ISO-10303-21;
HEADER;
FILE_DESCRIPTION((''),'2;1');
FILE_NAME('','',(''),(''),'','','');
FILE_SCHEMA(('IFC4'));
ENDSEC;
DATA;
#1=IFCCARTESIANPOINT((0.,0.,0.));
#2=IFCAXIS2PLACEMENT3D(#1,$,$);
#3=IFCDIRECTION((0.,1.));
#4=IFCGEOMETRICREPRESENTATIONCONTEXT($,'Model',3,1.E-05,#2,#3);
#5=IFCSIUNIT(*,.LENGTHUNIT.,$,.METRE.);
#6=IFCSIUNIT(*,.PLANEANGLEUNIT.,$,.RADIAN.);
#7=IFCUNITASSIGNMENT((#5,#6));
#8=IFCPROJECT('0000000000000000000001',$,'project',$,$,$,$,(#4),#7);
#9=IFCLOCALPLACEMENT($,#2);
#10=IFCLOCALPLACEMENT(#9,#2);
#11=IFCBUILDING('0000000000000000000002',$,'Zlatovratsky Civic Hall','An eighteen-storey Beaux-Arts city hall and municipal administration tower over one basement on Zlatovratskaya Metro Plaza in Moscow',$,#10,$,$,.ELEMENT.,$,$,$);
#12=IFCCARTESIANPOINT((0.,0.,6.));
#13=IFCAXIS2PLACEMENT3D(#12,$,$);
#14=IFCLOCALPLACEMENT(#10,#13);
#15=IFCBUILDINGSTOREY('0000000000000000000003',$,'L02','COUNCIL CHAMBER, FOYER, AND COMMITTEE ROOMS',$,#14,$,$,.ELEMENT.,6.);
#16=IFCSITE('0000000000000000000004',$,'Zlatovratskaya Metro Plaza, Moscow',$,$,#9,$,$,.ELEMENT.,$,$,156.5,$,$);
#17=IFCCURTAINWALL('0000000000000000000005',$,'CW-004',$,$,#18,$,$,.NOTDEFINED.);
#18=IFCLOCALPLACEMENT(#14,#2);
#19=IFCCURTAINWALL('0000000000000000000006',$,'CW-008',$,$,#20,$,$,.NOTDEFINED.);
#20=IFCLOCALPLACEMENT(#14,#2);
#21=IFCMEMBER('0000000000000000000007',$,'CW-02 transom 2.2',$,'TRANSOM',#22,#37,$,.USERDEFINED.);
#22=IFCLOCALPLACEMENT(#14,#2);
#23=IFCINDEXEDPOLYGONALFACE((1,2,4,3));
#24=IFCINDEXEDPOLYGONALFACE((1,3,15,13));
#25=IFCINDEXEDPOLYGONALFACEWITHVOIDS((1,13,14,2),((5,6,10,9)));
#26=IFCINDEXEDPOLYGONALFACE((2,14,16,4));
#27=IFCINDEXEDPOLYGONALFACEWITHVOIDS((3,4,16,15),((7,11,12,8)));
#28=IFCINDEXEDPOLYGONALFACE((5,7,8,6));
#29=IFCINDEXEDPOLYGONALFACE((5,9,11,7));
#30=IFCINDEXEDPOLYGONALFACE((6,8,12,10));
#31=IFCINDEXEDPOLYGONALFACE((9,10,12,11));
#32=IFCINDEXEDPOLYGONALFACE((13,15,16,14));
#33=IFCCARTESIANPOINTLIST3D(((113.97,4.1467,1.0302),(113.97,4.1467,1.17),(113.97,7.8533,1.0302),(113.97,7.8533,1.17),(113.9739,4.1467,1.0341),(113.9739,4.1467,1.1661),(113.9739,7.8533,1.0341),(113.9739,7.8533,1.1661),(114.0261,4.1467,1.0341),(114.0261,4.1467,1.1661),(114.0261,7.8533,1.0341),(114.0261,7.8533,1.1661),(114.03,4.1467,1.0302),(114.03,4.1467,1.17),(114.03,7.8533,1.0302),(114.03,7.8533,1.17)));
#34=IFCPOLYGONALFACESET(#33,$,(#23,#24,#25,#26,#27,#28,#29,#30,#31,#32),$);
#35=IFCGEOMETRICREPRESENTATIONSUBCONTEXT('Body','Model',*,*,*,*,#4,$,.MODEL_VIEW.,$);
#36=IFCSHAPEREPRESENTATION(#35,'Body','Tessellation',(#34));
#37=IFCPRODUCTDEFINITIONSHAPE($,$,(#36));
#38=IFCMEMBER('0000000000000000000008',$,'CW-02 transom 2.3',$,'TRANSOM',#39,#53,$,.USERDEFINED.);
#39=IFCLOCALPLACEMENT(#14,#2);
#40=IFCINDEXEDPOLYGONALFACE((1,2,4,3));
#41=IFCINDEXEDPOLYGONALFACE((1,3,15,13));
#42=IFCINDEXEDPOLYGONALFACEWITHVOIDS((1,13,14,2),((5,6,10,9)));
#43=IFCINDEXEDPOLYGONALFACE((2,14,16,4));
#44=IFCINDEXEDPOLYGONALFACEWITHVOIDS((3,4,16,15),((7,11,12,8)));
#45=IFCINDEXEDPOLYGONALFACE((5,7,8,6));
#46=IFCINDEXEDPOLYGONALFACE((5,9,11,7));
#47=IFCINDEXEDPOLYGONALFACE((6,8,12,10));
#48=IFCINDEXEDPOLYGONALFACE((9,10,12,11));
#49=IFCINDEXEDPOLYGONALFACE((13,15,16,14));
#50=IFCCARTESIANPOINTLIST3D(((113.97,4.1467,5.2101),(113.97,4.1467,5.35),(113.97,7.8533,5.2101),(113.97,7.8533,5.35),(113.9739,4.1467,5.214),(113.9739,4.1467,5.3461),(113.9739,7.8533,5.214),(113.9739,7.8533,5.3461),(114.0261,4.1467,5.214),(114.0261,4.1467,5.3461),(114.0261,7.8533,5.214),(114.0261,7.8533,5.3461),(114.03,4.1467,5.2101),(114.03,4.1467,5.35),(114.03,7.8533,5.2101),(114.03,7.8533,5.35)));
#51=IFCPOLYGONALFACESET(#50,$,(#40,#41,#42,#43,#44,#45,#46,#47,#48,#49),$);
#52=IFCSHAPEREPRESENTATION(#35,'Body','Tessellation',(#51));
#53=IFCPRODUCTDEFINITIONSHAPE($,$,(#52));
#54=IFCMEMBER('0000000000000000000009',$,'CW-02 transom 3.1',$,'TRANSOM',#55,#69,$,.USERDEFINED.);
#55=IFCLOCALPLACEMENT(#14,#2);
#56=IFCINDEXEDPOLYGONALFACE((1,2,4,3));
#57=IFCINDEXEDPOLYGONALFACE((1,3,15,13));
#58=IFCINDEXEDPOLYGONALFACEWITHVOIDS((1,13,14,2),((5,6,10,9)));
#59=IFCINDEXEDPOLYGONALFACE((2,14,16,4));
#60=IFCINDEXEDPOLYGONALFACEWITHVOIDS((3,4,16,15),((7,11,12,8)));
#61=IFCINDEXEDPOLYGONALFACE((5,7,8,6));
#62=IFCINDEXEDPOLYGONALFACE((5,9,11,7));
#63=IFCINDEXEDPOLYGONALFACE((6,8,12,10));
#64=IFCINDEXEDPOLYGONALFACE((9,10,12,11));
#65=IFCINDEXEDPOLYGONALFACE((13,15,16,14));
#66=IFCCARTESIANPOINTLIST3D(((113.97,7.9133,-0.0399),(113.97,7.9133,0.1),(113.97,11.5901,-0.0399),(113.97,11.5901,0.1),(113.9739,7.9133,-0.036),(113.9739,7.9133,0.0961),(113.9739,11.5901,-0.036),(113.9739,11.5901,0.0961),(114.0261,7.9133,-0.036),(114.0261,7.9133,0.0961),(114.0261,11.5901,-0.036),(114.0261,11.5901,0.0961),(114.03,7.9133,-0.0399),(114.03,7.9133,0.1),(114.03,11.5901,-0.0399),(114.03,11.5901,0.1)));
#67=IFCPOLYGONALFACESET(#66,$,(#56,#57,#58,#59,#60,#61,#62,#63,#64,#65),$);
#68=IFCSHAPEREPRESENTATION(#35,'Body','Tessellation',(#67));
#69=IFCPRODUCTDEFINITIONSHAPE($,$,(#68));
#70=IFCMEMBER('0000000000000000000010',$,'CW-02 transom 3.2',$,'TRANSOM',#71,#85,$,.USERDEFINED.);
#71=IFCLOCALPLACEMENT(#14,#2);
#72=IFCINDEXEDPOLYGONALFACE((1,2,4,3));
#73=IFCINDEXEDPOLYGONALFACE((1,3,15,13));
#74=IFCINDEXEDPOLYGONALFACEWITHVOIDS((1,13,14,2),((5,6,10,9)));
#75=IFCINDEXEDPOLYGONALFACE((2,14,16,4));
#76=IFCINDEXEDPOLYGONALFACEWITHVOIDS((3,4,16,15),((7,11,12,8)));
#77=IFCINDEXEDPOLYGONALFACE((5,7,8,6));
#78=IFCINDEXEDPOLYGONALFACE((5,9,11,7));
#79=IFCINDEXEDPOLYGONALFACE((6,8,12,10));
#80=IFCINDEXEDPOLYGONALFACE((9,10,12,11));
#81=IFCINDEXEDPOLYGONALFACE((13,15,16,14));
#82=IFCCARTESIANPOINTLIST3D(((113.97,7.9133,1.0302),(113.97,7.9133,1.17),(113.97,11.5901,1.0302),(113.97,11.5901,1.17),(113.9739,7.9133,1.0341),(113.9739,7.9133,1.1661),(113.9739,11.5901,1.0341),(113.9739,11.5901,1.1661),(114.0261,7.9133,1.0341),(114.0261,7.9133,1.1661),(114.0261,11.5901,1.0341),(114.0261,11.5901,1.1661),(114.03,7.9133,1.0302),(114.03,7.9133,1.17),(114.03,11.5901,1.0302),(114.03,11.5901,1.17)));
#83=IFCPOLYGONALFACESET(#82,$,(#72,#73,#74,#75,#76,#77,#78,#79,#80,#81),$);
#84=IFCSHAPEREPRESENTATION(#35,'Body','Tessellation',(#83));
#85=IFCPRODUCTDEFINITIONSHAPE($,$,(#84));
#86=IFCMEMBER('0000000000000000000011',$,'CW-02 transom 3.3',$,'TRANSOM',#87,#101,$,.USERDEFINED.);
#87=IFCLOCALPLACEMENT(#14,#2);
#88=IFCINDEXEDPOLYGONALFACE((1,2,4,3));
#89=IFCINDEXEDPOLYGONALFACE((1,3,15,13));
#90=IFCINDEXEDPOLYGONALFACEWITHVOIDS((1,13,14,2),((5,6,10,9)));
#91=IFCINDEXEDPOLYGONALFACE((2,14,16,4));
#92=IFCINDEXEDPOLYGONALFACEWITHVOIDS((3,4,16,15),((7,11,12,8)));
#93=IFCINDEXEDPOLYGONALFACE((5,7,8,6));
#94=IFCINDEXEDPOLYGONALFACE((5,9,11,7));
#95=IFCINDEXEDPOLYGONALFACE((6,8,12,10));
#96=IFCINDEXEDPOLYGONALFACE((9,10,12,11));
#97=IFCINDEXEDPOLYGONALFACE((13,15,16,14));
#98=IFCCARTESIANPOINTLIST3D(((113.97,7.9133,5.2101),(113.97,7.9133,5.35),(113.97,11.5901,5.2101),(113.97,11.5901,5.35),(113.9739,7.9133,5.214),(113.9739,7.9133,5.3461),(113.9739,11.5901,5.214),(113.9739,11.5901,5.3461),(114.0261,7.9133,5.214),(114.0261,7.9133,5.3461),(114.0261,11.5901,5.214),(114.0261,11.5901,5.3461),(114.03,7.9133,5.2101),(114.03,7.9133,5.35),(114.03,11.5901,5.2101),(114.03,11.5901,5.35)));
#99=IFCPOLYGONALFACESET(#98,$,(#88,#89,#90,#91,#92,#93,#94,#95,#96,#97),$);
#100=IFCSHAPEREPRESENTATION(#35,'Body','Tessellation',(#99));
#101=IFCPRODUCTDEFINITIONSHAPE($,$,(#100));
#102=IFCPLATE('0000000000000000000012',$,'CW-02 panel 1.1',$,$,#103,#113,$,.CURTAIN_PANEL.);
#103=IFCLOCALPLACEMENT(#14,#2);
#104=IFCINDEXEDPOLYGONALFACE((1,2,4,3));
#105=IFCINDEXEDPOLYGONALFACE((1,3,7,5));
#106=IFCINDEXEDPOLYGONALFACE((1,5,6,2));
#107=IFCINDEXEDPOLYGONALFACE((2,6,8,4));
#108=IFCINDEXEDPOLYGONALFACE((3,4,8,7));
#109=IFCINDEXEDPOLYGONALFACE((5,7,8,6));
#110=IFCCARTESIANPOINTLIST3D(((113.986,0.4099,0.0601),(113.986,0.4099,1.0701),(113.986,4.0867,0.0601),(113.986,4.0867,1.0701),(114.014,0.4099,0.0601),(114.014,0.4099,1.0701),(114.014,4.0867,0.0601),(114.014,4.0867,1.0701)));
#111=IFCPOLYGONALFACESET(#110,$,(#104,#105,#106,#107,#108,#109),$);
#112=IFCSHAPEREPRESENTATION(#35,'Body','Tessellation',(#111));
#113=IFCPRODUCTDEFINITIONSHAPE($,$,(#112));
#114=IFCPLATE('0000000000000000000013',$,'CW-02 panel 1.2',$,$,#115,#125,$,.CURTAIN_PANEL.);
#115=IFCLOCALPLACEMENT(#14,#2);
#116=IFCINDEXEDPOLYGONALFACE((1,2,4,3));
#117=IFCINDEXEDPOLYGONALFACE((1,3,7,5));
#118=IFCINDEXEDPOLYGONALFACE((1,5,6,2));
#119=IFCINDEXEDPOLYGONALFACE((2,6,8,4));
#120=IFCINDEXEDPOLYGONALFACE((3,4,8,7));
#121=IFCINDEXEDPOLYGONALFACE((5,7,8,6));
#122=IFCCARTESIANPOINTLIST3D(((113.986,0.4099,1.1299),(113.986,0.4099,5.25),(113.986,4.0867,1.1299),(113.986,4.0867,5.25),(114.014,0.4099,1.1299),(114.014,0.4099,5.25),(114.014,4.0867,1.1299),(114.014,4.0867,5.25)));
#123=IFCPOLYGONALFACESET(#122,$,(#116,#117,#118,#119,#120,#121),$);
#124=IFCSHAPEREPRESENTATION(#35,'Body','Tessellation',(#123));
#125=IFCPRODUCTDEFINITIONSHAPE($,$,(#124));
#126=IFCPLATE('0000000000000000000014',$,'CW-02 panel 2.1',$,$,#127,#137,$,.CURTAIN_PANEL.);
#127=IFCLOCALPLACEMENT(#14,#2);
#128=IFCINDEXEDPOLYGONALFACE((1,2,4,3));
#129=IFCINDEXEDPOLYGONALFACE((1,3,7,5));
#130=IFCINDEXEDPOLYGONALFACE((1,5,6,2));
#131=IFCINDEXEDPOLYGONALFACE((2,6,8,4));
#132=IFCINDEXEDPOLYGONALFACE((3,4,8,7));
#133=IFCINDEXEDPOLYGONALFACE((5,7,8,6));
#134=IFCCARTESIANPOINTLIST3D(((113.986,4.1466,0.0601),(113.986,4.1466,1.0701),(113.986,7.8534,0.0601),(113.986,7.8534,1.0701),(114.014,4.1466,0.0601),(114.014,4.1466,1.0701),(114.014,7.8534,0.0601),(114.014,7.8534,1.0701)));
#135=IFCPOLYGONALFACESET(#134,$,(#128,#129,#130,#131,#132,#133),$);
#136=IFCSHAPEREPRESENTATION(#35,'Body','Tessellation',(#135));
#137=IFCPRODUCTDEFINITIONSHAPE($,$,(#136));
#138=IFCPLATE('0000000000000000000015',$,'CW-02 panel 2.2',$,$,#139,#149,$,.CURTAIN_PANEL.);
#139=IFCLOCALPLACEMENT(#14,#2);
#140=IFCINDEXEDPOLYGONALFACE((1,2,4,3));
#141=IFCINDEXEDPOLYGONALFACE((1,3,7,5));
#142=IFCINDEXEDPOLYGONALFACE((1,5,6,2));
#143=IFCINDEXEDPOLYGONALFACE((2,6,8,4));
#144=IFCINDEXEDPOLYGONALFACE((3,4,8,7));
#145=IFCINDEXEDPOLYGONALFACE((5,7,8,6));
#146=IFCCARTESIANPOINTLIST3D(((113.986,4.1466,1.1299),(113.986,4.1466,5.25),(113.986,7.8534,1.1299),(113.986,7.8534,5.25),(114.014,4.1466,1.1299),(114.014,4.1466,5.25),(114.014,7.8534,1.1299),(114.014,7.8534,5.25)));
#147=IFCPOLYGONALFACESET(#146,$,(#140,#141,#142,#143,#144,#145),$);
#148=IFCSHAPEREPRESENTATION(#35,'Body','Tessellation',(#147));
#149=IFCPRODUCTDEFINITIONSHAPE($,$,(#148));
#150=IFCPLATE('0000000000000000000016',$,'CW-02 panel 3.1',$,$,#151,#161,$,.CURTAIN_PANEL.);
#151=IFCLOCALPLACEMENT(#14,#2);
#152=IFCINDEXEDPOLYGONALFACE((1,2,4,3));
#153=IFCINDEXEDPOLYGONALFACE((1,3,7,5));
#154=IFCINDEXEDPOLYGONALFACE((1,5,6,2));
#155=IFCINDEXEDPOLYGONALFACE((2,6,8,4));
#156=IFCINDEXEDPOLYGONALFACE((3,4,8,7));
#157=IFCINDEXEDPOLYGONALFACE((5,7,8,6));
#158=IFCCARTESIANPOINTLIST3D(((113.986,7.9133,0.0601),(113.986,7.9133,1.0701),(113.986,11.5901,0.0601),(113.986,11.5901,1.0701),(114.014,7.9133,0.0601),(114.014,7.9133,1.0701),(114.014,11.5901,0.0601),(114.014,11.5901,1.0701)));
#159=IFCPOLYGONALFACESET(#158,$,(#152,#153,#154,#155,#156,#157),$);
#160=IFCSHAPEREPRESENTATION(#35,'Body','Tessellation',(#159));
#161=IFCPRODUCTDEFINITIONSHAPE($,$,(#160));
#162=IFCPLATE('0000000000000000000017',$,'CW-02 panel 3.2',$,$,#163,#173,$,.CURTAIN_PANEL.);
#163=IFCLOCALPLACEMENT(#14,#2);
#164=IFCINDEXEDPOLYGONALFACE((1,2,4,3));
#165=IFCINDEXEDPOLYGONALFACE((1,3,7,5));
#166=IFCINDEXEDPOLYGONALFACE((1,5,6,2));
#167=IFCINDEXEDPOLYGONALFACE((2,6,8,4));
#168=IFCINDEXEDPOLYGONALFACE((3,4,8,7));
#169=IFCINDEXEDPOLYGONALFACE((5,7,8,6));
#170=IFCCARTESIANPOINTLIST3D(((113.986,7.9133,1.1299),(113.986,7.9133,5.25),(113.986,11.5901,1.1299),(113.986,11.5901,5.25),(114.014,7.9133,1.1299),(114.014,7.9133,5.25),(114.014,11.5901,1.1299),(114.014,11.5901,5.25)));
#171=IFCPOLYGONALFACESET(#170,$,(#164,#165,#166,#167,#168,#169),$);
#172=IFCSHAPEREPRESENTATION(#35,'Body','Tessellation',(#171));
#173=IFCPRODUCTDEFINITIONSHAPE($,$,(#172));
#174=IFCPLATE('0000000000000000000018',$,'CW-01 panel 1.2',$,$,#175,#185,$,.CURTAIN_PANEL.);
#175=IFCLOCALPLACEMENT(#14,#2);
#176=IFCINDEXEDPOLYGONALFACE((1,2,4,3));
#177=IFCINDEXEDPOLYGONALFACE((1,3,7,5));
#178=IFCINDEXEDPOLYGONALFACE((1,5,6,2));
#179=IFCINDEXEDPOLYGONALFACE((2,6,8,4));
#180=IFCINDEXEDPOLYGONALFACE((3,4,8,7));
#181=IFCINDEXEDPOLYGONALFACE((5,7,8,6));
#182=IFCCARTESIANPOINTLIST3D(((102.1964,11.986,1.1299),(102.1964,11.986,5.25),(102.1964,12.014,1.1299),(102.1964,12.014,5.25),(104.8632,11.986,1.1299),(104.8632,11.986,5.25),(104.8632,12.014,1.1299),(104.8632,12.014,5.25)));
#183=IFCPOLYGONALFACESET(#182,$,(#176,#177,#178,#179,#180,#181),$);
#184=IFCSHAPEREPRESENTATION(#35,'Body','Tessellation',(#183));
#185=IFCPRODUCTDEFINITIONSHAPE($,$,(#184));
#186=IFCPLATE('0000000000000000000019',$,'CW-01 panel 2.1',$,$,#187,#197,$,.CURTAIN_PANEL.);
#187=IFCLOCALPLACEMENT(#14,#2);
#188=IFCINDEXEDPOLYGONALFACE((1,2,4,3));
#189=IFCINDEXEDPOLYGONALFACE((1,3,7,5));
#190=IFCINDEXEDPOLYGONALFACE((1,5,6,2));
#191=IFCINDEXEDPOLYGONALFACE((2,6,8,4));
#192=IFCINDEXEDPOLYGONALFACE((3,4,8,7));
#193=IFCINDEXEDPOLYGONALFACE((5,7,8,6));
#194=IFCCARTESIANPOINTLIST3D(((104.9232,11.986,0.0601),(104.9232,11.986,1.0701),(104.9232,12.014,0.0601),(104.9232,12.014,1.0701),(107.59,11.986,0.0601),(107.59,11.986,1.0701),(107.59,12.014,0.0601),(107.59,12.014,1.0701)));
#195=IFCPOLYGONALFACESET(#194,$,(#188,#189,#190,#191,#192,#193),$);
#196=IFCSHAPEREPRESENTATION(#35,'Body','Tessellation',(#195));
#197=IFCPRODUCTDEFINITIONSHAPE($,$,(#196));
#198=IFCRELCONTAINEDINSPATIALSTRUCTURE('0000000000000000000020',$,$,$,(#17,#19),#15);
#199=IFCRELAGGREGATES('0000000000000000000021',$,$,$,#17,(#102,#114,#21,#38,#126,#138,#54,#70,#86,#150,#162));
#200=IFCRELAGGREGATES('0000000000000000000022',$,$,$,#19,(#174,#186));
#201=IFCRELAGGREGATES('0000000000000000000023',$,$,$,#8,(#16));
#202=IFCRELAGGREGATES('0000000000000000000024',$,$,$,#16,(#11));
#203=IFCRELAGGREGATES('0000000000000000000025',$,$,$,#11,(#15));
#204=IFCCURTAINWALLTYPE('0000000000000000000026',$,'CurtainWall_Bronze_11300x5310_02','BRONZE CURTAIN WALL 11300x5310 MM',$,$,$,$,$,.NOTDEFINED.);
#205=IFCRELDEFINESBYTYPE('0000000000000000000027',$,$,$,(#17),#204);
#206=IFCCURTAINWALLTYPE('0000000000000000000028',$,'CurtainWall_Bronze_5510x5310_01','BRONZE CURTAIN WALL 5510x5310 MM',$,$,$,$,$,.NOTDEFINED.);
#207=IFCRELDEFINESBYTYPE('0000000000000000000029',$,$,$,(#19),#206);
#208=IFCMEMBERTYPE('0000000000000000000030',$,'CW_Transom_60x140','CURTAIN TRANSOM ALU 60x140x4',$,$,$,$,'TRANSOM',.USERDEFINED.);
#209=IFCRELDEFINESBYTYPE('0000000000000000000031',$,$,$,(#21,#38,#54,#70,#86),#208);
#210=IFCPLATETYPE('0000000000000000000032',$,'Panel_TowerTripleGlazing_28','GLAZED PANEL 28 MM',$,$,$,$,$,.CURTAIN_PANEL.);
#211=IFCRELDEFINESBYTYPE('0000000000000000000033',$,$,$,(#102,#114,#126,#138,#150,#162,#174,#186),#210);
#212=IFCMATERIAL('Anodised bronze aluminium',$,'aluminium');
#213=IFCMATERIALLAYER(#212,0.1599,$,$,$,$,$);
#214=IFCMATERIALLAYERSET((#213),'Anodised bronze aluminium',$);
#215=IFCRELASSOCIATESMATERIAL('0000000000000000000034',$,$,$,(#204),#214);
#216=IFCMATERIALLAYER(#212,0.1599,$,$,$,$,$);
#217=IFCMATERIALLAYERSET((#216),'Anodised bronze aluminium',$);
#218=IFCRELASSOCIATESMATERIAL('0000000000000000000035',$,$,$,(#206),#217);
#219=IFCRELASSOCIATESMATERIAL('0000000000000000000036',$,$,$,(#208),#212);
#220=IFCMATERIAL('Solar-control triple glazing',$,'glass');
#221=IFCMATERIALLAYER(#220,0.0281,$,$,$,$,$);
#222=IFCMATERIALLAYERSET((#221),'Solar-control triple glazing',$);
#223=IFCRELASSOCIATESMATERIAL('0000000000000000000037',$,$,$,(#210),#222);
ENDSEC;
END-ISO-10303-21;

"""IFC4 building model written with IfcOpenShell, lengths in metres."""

from ifc_helpers import new_model, si_unit, direction, frame, origin, origin_2d, place, context, subcontext, project, spatial, rectangle, hollow_rectangle, extrude, material, layer, layer_set, material_profile, profile_set, type_object, element, aggregate, save


model = new_model("IFC4")

# Units and contexts
model_context = context("Model", 3, precision=1e-05, world=origin(), true_north=direction((0.0, 1.0)))
body_context = subcontext(model_context, "Body", "Model", "MODEL_VIEW")
ifc_project = project(units=[si_unit("LENGTHUNIT", "METRE"), si_unit("PLANEANGLEUNIT", "RADIAN")], contexts=[model_context])

# Site, building, storey
site_placement = place(None, origin())
site = spatial("IfcSite", under=ifc_project, at=site_placement, Name="Zlatovratskaya Metro Plaza, Moscow", CompositionType="ELEMENT", RefElevation=156.5)
building_placement = place(site_placement, origin())
building = spatial("IfcBuilding", under=site, at=building_placement, Name="Zlatovratsky Civic Hall", Description="An eighteen-storey Beaux-Arts city hall and municipal administration tower over one basement on Zlatovratskaya Metro Plaza in Moscow", CompositionType="ELEMENT")
storey_placement = place(building_placement, frame((0.0, 0.0, 6.0)))
storey = spatial("IfcBuildingStorey", under=building, at=storey_placement, Name="L02", Description="COUNCIL CHAMBER, FOYER, AND COMMITTEE ROOMS", CompositionType="ELEMENT", Elevation=6.0)

# Curtain walls
ifc_material_1 = material(Name="Anodised bronze aluminium", Category="aluminium")
ifc_layer_1 = layer(ifc_material_1, 0.1599)
ifc_layer_set_1 = layer_set([ifc_layer_1], Name="Anodised bronze aluminium")
curtain_wall_type_1 = type_object("IfcCurtainWallType", Name="CurtainWall_Bronze_11300x5310_02", Description="BRONZE CURTAIN WALL 11300x5310 MM", PredefinedType="NOTDEFINED", material=ifc_layer_set_1)
curtain_wall_1_placement = place(storey_placement, origin())
curtain_wall_1 = element("IfcCurtainWall", 1, at=curtain_wall_1_placement, inside=storey, type_object=curtain_wall_type_1, Name="CW-004", PredefinedType="NOTDEFINED")
ifc_layer_2 = layer(ifc_material_1, 0.1599)
ifc_layer_set_2 = layer_set([ifc_layer_2], Name="Anodised bronze aluminium")
curtain_wall_type_2 = type_object("IfcCurtainWallType", Name="CurtainWall_Bronze_5510x5310_01", Description="BRONZE CURTAIN WALL 5510x5310 MM", PredefinedType="NOTDEFINED", material=ifc_layer_set_2)
curtain_wall_2_placement = place(storey_placement, origin())
curtain_wall_2 = element("IfcCurtainWall", 2, at=curtain_wall_2_placement, inside=storey, type_object=curtain_wall_type_2, Name="CW-008", PredefinedType="NOTDEFINED")

# Members
ifc_material_profile_1 = material_profile(ifc_material_1, hollow_rectangle(XDim=0.0601, YDim=0.1399, WallThickness=0.0039, at=origin_2d()), Name="ALU 60x140x4")
ifc_profile_set_1 = profile_set([ifc_material_profile_1], Name="Anodised bronze aluminium")
member_type_1 = type_object("IfcMemberType", Name="CW_Transom_60x140", Description="CURTAIN TRANSOM ALU 60x140x4", ElementType="TRANSOM", PredefinedType="USERDEFINED", material=ifc_profile_set_1)
member_1_placement = place(storey_placement, frame((114.0, 4.1467, 1.1001), z_axis=(0.0, 1.0, 0.0), x_axis=(-1.0, 0.0, 0.0)))
member_1 = element("IfcMember", 3, at=member_1_placement, type_object=member_type_1, Name="CW-02 transom 2.2", ObjectType="TRANSOM", PredefinedType="USERDEFINED", context=body_context, shape_type="SweptSolid", body=[
    extrude(hollow_rectangle(XDim=0.0601, YDim=0.1399, WallThickness=0.0039, at=origin_2d()), origin(), (0.0, 0.0, 1.0), 3.7065),
])
member_2_placement = place(storey_placement, frame((114.0, 4.1467, 5.28), z_axis=(0.0, 1.0, 0.0), x_axis=(-1.0, 0.0, 0.0)))
member_2 = element("IfcMember", 4, at=member_2_placement, type_object=member_type_1, Name="CW-02 transom 2.3", ObjectType="TRANSOM", PredefinedType="USERDEFINED", context=body_context, shape_type="SweptSolid", body=[
    extrude(hollow_rectangle(XDim=0.0601, YDim=0.1399, WallThickness=0.0039, at=origin_2d()), origin(), (0.0, 0.0, 1.0), 3.7065),
])
member_3_placement = place(storey_placement, frame((114.0, 7.9133, 0.03), z_axis=(0.0, 1.0, 0.0), x_axis=(-1.0, 0.0, 0.0)))
member_3 = element("IfcMember", 5, at=member_3_placement, type_object=member_type_1, Name="CW-02 transom 3.1", ObjectType="TRANSOM", PredefinedType="USERDEFINED", context=body_context, shape_type="SweptSolid", body=[
    extrude(hollow_rectangle(XDim=0.0601, YDim=0.1399, WallThickness=0.0039, at=origin_2d()), origin(), (0.0, 0.0, 1.0), 3.6768),
])
member_4_placement = place(storey_placement, frame((114.0, 7.9133, 1.1001), z_axis=(0.0, 1.0, 0.0), x_axis=(-1.0, 0.0, 0.0)))
member_4 = element("IfcMember", 6, at=member_4_placement, type_object=member_type_1, Name="CW-02 transom 3.2", ObjectType="TRANSOM", PredefinedType="USERDEFINED", context=body_context, shape_type="SweptSolid", body=[
    extrude(hollow_rectangle(XDim=0.0601, YDim=0.1399, WallThickness=0.0039, at=origin_2d()), origin(), (0.0, 0.0, 1.0), 3.6768),
])
member_5_placement = place(storey_placement, frame((114.0, 7.9133, 5.28), z_axis=(0.0, 1.0, 0.0), x_axis=(-1.0, 0.0, 0.0)))
member_5 = element("IfcMember", 7, at=member_5_placement, type_object=member_type_1, Name="CW-02 transom 3.3", ObjectType="TRANSOM", PredefinedType="USERDEFINED", context=body_context, shape_type="SweptSolid", body=[
    extrude(hollow_rectangle(XDim=0.0601, YDim=0.1399, WallThickness=0.0039, at=origin_2d()), origin(), (0.0, 0.0, 1.0), 3.6768),
])

# Plates
ifc_material_2 = material(Name="Solar-control triple glazing", Category="glass")
ifc_layer_3 = layer(ifc_material_2, 0.0281)
ifc_layer_set_3 = layer_set([ifc_layer_3], Name="Solar-control triple glazing")
plate_type = type_object("IfcPlateType", Name="Panel_TowerTripleGlazing_28", Description="GLAZED PANEL 28 MM", PredefinedType="CURTAIN_PANEL", material=ifc_layer_set_3)
plate_1_placement = place(storey_placement, frame((114.0, 2.2483, 0.0601), z_axis=(0.0, 0.0, 1.0), x_axis=(0.0, 1.0, 0.0)))
plate_1 = element("IfcPlate", 8, at=plate_1_placement, type_object=plate_type, Name="CW-02 panel 1.1", PredefinedType="CURTAIN_PANEL", context=body_context, shape_type="SweptSolid", body=[
    extrude(rectangle(XDim=3.6768, YDim=0.0281, at=origin_2d()), origin(), (0.0, 0.0, 1.0), 1.01),
])
plate_2_placement = place(storey_placement, frame((114.0, 2.2483, 1.1299), z_axis=(0.0, 0.0, 1.0), x_axis=(0.0, 1.0, 0.0)))
plate_2 = element("IfcPlate", 9, at=plate_2_placement, type_object=plate_type, Name="CW-02 panel 1.2", PredefinedType="CURTAIN_PANEL", context=body_context, shape_type="SweptSolid", body=[
    extrude(rectangle(XDim=3.6768, YDim=0.0281, at=origin_2d()), origin(), (0.0, 0.0, 1.0), 4.1201),
])
plate_3_placement = place(storey_placement, frame((114.0, 6.0, 0.0601), z_axis=(0.0, 0.0, 1.0), x_axis=(0.0, 1.0, 0.0)))
plate_3 = element("IfcPlate", 10, at=plate_3_placement, type_object=plate_type, Name="CW-02 panel 2.1", PredefinedType="CURTAIN_PANEL", context=body_context, shape_type="SweptSolid", body=[
    extrude(rectangle(XDim=3.7068, YDim=0.0281, at=origin_2d()), origin(), (0.0, 0.0, 1.0), 1.01),
])
plate_4_placement = place(storey_placement, frame((114.0, 6.0, 1.1299), z_axis=(0.0, 0.0, 1.0), x_axis=(0.0, 1.0, 0.0)))
plate_4 = element("IfcPlate", 11, at=plate_4_placement, type_object=plate_type, Name="CW-02 panel 2.2", PredefinedType="CURTAIN_PANEL", context=body_context, shape_type="SweptSolid", body=[
    extrude(rectangle(XDim=3.7068, YDim=0.0281, at=origin_2d()), origin(), (0.0, 0.0, 1.0), 4.1201),
])
plate_5_placement = place(storey_placement, frame((114.0, 9.7517, 0.0601), z_axis=(0.0, 0.0, 1.0), x_axis=(0.0, 1.0, 0.0)))
plate_5 = element("IfcPlate", 12, at=plate_5_placement, type_object=plate_type, Name="CW-02 panel 3.1", PredefinedType="CURTAIN_PANEL", context=body_context, shape_type="SweptSolid", body=[
    extrude(rectangle(XDim=3.6768, YDim=0.0281, at=origin_2d()), origin(), (0.0, 0.0, 1.0), 1.01),
])
plate_6_placement = place(storey_placement, frame((114.0, 9.7517, 1.1299), z_axis=(0.0, 0.0, 1.0), x_axis=(0.0, 1.0, 0.0)))
plate_6 = element("IfcPlate", 13, at=plate_6_placement, type_object=plate_type, Name="CW-02 panel 3.2", PredefinedType="CURTAIN_PANEL", context=body_context, shape_type="SweptSolid", body=[
    extrude(rectangle(XDim=3.6768, YDim=0.0281, at=origin_2d()), origin(), (0.0, 0.0, 1.0), 4.1201),
])
aggregate(curtain_wall_1, [plate_1, plate_2, member_1, member_2, plate_3, plate_4, member_3, member_4, member_5, plate_5, plate_6])
plate_7_placement = place(storey_placement, frame((103.5298, 12.0, 1.1299), z_axis=(0.0, 0.0, 1.0), x_axis=(1.0, 0.0, 0.0)))
plate_7 = element("IfcPlate", 14, at=plate_7_placement, type_object=plate_type, Name="CW-01 panel 1.2", PredefinedType="CURTAIN_PANEL", context=body_context, shape_type="SweptSolid", body=[
    extrude(rectangle(XDim=2.6667, YDim=0.0281, at=origin_2d()), origin(), (0.0, 0.0, 1.0), 4.1201),
])
plate_8_placement = place(storey_placement, frame((106.2566, 12.0, 0.0601), z_axis=(0.0, 0.0, 1.0), x_axis=(1.0, 0.0, 0.0)))
plate_8 = element("IfcPlate", 15, at=plate_8_placement, type_object=plate_type, Name="CW-01 panel 2.1", PredefinedType="CURTAIN_PANEL", context=body_context, shape_type="SweptSolid", body=[
    extrude(rectangle(XDim=2.6667, YDim=0.0281, at=origin_2d()), origin(), (0.0, 0.0, 1.0), 1.01),
])
aggregate(curtain_wall_2, [plate_7, plate_8])

save(model, "model.ifc")
